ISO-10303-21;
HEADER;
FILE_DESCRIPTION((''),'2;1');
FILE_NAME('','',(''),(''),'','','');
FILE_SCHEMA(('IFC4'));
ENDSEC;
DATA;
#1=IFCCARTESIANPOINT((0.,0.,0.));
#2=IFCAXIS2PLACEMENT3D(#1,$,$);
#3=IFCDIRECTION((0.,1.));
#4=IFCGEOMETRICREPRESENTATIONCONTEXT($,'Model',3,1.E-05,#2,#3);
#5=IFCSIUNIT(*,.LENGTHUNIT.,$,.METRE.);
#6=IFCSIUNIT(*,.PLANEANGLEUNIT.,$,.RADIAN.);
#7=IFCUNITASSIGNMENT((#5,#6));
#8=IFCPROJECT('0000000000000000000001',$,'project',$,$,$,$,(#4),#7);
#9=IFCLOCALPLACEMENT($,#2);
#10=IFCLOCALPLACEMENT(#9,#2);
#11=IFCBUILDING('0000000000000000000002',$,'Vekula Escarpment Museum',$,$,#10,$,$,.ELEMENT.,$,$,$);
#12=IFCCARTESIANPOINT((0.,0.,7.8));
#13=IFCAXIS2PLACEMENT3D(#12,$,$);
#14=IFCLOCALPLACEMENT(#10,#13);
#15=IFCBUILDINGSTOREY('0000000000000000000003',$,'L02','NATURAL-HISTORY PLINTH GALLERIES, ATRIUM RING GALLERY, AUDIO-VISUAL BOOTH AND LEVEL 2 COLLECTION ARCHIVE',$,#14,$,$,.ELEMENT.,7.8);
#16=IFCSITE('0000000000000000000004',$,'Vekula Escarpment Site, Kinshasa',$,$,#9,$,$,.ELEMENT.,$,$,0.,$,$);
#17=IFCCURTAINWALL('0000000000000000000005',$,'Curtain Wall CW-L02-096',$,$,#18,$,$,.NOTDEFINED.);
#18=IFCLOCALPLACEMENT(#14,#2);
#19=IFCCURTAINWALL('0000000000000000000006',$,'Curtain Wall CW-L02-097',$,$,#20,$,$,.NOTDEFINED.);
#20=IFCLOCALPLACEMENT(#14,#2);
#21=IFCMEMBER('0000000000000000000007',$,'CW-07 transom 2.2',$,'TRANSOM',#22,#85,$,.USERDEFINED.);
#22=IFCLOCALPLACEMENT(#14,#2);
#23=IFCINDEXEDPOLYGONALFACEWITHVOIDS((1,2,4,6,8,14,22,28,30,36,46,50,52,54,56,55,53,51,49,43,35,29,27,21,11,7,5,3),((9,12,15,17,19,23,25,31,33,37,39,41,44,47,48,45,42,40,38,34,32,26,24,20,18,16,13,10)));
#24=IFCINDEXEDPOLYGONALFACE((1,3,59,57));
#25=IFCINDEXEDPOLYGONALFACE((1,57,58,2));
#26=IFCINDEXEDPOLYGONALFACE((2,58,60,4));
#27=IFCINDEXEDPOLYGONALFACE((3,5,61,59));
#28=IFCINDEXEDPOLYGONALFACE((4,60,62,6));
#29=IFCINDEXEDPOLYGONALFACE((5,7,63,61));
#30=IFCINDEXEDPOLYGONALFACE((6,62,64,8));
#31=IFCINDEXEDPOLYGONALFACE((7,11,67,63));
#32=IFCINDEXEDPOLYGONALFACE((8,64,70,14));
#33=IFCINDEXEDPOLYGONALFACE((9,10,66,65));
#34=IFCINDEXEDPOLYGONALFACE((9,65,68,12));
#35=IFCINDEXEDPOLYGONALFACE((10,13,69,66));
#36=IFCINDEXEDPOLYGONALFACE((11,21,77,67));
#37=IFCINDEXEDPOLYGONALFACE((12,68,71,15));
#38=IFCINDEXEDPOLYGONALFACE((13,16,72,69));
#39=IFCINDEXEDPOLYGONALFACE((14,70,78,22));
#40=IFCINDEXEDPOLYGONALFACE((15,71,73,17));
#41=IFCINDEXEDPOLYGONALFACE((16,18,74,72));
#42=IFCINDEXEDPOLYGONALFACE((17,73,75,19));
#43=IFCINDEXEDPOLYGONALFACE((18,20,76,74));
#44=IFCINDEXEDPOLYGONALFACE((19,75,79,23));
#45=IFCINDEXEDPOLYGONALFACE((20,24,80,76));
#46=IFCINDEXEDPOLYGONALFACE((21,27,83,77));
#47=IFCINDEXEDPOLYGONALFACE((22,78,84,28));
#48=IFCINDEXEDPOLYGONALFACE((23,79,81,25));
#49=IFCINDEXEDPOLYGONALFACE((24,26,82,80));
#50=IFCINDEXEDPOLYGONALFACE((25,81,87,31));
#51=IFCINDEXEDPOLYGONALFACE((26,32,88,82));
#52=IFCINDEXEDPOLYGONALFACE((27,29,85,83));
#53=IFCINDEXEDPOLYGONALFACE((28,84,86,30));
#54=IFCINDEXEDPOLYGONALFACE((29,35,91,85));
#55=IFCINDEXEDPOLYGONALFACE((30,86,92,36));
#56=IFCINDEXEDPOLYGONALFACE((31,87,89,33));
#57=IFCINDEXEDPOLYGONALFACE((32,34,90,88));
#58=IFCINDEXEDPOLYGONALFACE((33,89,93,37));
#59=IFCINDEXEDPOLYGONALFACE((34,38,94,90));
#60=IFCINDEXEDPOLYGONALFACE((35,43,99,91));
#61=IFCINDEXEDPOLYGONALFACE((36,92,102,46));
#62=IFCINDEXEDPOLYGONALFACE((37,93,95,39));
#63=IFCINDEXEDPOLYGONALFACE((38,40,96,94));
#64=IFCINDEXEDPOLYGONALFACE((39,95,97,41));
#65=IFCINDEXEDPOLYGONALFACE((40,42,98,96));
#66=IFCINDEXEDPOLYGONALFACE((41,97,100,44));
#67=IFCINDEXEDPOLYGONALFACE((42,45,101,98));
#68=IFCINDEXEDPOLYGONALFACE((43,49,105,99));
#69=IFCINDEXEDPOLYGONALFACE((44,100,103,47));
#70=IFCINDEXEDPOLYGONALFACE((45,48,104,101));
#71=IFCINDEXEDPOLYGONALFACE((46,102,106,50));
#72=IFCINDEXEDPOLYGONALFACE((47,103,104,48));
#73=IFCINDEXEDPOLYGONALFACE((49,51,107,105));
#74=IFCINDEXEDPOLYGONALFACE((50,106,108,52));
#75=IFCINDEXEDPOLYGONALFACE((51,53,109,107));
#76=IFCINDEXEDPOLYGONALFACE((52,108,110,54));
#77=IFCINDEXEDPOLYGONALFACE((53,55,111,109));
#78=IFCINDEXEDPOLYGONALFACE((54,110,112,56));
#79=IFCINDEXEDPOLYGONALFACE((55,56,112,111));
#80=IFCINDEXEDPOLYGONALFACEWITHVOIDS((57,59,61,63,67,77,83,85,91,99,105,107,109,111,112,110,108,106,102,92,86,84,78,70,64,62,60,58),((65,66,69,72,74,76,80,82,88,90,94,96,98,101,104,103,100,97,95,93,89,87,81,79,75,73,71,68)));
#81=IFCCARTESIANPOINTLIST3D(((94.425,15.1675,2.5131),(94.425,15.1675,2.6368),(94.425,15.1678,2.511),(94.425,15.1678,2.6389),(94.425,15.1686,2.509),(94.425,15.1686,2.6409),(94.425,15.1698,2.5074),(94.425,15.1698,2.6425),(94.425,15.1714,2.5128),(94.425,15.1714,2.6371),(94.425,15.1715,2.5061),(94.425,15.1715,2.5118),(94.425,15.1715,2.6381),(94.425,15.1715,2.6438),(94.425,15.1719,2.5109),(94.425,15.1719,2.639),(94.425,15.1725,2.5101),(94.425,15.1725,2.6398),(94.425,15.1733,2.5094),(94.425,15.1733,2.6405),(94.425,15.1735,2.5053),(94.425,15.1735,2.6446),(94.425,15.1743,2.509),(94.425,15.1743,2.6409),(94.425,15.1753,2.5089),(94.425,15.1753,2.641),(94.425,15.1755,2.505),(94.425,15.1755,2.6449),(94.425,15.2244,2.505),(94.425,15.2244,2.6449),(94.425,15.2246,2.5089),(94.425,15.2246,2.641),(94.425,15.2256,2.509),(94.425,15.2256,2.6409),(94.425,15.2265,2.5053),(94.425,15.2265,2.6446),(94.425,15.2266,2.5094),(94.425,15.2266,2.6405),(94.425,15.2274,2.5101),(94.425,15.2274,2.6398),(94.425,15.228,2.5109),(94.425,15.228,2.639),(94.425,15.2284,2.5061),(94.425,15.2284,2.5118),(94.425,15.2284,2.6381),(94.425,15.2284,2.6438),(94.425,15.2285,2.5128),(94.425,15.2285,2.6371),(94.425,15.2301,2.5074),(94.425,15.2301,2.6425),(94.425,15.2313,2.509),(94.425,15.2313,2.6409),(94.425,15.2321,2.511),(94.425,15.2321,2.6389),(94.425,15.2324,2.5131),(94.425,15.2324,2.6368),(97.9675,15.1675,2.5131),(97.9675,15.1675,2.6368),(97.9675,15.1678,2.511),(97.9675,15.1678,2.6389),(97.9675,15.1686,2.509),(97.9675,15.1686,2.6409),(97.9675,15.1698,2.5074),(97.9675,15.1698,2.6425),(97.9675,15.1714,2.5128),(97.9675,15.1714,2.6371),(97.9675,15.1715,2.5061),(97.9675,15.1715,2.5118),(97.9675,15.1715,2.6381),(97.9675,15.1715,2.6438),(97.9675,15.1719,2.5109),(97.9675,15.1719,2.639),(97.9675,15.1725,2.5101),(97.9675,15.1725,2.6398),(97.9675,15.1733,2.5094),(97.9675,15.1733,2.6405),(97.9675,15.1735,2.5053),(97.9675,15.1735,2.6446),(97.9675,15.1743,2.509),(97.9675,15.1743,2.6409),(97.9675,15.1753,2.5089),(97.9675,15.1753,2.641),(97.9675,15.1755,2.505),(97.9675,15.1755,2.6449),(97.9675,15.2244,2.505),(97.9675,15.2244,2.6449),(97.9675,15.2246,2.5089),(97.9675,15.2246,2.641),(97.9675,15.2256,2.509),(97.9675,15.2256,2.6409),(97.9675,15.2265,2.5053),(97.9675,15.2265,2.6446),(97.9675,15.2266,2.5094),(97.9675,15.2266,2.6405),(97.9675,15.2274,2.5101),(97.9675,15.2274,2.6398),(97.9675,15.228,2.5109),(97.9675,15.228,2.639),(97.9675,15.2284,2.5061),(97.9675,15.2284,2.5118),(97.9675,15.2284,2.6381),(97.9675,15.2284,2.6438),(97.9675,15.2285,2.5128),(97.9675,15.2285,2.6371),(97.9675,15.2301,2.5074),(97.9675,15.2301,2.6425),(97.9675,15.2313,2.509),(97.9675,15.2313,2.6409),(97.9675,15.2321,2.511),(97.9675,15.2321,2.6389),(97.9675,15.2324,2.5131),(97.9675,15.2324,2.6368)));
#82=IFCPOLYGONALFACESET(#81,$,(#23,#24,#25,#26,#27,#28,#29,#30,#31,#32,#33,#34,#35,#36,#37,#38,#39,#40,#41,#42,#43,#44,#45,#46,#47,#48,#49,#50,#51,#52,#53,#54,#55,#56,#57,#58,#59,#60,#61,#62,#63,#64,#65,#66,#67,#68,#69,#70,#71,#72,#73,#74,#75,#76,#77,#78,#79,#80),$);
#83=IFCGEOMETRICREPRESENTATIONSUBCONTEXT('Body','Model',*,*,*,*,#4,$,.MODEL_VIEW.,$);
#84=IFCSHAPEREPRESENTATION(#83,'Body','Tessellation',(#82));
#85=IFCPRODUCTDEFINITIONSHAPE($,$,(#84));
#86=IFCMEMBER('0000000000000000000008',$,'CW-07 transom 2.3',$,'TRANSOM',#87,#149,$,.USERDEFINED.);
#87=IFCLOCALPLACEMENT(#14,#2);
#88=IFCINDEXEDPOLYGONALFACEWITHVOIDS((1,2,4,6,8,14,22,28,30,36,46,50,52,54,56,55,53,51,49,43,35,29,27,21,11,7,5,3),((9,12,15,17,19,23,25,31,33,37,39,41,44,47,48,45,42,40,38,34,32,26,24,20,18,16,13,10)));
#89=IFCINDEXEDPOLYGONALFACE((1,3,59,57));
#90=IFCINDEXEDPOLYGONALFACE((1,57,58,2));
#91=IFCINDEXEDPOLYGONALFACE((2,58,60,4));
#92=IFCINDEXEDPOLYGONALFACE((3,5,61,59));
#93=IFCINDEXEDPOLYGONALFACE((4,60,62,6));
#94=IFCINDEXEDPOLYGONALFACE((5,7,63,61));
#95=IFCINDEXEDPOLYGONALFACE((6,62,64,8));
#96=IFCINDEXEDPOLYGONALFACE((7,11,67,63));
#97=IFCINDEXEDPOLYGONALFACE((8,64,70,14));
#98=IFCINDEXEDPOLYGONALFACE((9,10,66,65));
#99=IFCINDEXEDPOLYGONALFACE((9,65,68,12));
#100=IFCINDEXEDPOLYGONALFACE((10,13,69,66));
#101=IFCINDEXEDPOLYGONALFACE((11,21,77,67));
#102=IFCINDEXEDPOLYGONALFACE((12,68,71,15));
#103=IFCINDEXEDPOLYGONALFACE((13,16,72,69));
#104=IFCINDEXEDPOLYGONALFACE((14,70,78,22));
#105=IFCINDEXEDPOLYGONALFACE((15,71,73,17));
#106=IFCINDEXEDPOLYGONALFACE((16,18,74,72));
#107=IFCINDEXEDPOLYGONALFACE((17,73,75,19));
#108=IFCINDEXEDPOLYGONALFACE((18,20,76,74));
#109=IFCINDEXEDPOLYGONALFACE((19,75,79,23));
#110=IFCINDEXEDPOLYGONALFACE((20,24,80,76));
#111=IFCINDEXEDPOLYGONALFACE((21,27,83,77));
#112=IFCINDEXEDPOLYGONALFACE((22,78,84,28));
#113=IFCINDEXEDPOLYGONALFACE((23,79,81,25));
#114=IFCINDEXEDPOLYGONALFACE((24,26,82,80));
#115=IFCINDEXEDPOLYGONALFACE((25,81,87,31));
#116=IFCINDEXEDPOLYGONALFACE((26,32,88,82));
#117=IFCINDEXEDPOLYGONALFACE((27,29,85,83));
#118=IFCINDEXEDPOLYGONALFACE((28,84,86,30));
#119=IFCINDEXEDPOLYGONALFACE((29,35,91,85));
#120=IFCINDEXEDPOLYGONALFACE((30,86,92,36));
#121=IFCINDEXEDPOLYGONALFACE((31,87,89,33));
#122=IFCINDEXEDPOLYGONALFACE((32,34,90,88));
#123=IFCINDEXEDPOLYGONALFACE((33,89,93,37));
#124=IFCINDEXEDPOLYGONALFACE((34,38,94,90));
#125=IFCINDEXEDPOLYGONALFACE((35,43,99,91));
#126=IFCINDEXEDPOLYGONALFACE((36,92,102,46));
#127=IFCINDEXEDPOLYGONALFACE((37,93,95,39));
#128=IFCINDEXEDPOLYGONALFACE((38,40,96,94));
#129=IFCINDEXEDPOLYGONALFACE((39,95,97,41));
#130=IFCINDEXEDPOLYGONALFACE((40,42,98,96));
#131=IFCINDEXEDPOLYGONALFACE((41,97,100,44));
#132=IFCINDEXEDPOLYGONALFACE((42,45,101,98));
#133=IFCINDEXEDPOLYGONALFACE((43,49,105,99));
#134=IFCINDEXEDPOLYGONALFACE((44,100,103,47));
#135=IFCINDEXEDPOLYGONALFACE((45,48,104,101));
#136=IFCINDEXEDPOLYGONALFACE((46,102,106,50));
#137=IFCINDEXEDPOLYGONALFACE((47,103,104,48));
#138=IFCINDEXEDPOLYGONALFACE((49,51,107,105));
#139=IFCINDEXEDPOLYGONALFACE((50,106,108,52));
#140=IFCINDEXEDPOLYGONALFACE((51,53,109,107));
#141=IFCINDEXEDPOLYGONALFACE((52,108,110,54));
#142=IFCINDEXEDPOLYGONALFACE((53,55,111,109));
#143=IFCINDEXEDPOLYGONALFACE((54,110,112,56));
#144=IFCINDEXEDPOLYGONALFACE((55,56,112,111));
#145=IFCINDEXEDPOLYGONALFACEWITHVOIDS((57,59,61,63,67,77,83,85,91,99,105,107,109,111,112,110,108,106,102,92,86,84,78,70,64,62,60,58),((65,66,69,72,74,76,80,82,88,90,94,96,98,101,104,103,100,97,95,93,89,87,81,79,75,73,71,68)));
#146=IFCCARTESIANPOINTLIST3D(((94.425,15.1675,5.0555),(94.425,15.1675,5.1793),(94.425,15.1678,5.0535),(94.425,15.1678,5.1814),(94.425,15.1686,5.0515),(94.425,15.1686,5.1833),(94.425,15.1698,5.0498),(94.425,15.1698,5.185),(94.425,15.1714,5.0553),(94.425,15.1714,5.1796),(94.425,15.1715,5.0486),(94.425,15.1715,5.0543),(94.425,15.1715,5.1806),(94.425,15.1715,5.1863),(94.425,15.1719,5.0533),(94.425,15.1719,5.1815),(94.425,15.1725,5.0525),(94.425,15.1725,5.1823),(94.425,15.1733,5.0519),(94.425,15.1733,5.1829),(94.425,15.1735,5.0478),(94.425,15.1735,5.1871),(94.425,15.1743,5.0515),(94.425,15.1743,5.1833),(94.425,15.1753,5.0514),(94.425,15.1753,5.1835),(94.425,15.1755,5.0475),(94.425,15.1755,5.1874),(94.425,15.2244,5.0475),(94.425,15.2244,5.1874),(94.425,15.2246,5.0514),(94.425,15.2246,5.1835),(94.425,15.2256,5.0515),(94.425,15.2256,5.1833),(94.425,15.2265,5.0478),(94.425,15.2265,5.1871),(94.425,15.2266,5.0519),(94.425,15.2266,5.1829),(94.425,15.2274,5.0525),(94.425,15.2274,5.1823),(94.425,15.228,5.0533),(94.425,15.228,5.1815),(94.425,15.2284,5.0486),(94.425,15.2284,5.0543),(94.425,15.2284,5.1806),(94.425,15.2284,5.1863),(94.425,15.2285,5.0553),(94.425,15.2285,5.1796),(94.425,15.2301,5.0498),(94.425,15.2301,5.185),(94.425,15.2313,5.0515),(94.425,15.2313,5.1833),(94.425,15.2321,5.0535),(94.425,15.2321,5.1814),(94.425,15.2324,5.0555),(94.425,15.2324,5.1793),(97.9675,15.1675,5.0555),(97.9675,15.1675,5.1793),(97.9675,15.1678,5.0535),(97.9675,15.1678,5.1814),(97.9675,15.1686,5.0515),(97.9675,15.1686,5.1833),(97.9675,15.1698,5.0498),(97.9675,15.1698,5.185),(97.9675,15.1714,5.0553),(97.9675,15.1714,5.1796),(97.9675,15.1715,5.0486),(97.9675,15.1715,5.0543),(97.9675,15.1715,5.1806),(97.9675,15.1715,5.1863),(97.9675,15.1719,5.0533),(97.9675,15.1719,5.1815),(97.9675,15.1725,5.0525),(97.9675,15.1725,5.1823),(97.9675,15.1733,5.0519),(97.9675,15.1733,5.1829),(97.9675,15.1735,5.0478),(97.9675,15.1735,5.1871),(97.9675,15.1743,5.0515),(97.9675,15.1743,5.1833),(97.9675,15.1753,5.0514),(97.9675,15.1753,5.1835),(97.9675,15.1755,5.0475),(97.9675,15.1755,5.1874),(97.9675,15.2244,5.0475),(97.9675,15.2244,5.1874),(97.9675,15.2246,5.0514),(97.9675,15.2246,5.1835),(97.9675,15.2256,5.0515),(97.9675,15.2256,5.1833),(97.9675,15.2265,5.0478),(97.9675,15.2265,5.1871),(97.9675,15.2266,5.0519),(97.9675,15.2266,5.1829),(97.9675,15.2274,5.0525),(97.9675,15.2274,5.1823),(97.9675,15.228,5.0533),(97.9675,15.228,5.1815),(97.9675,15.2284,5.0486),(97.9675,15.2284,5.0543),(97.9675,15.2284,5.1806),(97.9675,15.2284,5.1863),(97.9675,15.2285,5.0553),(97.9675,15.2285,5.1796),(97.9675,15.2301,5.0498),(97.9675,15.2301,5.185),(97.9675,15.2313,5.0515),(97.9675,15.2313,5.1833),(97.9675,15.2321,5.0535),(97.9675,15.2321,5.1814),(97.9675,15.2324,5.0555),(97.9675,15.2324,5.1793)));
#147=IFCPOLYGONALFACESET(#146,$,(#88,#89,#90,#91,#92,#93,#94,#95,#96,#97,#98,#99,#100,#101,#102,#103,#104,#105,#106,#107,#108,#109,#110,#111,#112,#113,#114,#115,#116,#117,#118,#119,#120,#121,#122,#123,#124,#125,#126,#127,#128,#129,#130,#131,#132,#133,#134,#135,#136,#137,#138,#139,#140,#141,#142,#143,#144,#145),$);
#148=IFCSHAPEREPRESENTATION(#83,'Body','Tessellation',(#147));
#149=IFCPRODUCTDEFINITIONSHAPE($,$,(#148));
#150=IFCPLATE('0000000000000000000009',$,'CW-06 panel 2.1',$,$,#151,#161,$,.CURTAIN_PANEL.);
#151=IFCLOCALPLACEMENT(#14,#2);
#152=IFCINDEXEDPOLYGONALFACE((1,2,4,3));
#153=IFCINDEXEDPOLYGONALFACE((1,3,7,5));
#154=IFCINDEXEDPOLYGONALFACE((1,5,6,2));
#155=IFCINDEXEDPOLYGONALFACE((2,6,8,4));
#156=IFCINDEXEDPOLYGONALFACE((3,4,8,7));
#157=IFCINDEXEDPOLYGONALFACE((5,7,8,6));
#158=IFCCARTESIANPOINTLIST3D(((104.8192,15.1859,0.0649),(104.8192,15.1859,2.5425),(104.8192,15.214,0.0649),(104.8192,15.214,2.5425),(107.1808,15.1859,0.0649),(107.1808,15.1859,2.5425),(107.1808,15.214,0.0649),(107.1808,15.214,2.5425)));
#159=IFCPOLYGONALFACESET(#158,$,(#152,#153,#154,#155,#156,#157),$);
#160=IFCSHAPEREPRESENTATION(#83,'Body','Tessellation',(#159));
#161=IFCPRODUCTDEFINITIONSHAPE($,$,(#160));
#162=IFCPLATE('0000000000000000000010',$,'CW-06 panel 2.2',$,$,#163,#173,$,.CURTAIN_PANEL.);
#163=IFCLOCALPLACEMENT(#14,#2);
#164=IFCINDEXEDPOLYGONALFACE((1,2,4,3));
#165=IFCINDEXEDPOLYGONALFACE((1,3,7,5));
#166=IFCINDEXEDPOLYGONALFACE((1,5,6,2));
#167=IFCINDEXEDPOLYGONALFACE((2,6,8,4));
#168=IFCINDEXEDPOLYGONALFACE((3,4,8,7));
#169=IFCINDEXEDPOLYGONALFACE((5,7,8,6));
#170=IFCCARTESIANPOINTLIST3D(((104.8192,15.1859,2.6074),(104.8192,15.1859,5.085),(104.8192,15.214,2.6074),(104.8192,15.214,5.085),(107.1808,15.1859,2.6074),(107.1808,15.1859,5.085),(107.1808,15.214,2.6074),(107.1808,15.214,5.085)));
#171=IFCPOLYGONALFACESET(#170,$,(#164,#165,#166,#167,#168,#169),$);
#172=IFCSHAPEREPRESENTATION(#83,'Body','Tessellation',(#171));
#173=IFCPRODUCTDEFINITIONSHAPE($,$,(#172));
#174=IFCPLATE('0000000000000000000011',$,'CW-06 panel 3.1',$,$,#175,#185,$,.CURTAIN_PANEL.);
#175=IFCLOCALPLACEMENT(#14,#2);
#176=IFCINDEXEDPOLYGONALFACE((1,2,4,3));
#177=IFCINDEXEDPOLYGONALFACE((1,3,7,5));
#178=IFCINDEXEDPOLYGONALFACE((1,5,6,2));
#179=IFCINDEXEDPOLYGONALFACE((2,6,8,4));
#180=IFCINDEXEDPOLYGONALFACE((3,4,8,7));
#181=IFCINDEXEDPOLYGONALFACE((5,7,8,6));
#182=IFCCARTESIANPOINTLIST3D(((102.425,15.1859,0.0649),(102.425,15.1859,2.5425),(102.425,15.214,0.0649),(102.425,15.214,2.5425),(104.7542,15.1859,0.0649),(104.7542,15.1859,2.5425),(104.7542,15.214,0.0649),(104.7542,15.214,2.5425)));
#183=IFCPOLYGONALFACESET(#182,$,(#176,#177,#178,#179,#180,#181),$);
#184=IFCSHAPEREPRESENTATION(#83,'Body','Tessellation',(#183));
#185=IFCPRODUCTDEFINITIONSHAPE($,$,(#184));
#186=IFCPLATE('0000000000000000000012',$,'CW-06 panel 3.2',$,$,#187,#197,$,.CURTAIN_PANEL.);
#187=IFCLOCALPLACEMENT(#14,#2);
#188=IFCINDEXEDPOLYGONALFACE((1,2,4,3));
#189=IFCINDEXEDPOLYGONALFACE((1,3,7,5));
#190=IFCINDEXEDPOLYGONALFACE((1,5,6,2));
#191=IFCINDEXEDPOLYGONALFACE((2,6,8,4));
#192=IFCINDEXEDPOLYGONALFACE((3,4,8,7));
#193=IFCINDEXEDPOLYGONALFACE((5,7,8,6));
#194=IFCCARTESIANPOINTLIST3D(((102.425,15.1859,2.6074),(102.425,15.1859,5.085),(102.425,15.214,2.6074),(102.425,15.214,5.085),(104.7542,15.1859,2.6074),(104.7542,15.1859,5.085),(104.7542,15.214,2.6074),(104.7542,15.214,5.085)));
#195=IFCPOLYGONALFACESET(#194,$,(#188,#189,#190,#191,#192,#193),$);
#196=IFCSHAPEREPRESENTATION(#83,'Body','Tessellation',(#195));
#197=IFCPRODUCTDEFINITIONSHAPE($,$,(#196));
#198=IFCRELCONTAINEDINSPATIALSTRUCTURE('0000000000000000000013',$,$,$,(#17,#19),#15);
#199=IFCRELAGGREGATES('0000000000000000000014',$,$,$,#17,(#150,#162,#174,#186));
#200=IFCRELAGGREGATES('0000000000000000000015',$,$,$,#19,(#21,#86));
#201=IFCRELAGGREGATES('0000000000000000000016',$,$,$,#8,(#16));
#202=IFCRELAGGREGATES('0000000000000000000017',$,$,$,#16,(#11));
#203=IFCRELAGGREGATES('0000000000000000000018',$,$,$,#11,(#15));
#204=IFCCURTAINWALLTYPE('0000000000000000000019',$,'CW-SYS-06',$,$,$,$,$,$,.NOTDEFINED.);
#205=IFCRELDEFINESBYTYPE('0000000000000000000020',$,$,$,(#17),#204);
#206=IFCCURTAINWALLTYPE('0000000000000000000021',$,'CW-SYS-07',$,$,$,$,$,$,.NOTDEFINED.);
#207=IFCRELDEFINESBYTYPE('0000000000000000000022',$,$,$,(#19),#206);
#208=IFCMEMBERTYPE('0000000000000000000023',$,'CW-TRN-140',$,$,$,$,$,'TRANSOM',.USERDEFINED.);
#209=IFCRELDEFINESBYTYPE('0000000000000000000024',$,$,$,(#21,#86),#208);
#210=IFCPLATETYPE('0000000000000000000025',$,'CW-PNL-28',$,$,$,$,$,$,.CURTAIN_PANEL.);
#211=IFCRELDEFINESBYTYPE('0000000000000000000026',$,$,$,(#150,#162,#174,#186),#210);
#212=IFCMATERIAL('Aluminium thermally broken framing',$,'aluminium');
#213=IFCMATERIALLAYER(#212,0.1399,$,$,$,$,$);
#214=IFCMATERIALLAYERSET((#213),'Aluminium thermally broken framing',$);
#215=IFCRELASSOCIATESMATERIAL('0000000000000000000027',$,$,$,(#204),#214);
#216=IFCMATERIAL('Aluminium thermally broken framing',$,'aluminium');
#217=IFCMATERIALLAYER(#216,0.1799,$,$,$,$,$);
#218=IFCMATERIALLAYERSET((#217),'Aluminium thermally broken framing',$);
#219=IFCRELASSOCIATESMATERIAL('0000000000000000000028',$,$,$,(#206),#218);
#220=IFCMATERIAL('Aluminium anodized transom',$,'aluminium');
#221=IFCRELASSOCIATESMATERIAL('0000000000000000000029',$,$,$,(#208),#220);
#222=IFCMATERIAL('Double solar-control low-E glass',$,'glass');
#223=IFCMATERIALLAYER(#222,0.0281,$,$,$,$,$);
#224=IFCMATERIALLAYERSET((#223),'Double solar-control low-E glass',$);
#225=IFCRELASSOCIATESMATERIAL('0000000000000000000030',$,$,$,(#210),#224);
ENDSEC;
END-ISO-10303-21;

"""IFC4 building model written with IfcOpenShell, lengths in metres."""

from ifc_helpers import new_model, si_unit, direction, frame, origin, origin_2d, place, context, subcontext, project, spatial, rectangle, hollow_rectangle, extrude, material, layer, layer_set, material_profile, profile_set, type_object, element, aggregate, save


model = new_model("IFC4")

# Units and contexts
model_context = context("Model", 3, precision=1e-05, world=origin(), true_north=direction((0.0, 1.0)))
body_context = subcontext(model_context, "Body", "Model", "MODEL_VIEW")
ifc_project = project(units=[si_unit("LENGTHUNIT", "METRE"), si_unit("PLANEANGLEUNIT", "RADIAN")], contexts=[model_context])

# Site, building, storey
site_placement = place(None, origin())
site = spatial("IfcSite", under=ifc_project, at=site_placement, Name="Vekula Escarpment Site, Kinshasa", CompositionType="ELEMENT", RefElevation=0.0)
building_placement = place(site_placement, origin())
building = spatial("IfcBuilding", under=site, at=building_placement, Name="Vekula Escarpment Museum", CompositionType="ELEMENT")
storey_placement = place(building_placement, frame((0.0, 0.0, 7.8)))
storey = spatial("IfcBuildingStorey", under=building, at=storey_placement, Name="L02", Description="NATURAL-HISTORY PLINTH GALLERIES, ATRIUM RING GALLERY, AUDIO-VISUAL BOOTH AND LEVEL 2 COLLECTION ARCHIVE", CompositionType="ELEMENT", Elevation=7.8)

# Curtain walls
ifc_material_1 = material(Name="Aluminium thermally broken framing", Category="aluminium")
ifc_layer_1 = layer(ifc_material_1, 0.1399)
ifc_layer_set_1 = layer_set([ifc_layer_1], Name="Aluminium thermally broken framing")
curtain_wall_type_1 = type_object("IfcCurtainWallType", Name="CW-SYS-06", PredefinedType="NOTDEFINED", material=ifc_layer_set_1)
curtain_wall_1_placement = place(storey_placement, origin())
curtain_wall_1 = element("IfcCurtainWall", 1, at=curtain_wall_1_placement, inside=storey, type_object=curtain_wall_type_1, Name="Curtain Wall CW-L02-096", PredefinedType="NOTDEFINED")
ifc_material_2 = material(Name="Aluminium thermally broken framing", Category="aluminium")
ifc_layer_2 = layer(ifc_material_2, 0.1799)
ifc_layer_set_2 = layer_set([ifc_layer_2], Name="Aluminium thermally broken framing")
curtain_wall_type_2 = type_object("IfcCurtainWallType", Name="CW-SYS-07", PredefinedType="NOTDEFINED", material=ifc_layer_set_2)
curtain_wall_2_placement = place(storey_placement, origin())
curtain_wall_2 = element("IfcCurtainWall", 2, at=curtain_wall_2_placement, inside=storey, type_object=curtain_wall_type_2, Name="Curtain Wall CW-L02-097", PredefinedType="NOTDEFINED")

# Members
ifc_material_3 = material(Name="Aluminium anodized transom", Category="aluminium")
ifc_material_profile_1 = material_profile(ifc_material_3, hollow_rectangle(XDim=0.0649, YDim=0.1399, WallThickness=0.0039, InnerFilletRadius=0.0039, OuterFilletRadius=0.0081, at=origin_2d()), Name="ALU 140x65x4")
ifc_profile_set_1 = profile_set([ifc_material_profile_1], Name="Aluminium anodized transom")
member_type_1 = type_object("IfcMemberType", Name="CW-TRN-140", ElementType="TRANSOM", PredefinedType="USERDEFINED", material=ifc_profile_set_1)
member_1_placement = place(storey_placement, frame((97.9675, 15.2, 2.575), z_axis=(-1.0, 0.0, 0.0), x_axis=(0.0, -1.0, 0.0)))
member_1 = element("IfcMember", 3, at=member_1_placement, type_object=member_type_1, Name="CW-07 transom 2.2", ObjectType="TRANSOM", PredefinedType="USERDEFINED", context=body_context, shape_type="SweptSolid", body=[
    extrude(hollow_rectangle(XDim=0.0649, YDim=0.1399, WallThickness=0.0039, InnerFilletRadius=0.0039, OuterFilletRadius=0.0081, at=origin_2d()), origin(), (0.0, 0.0, 1.0), 3.5425),
])
member_2_placement = place(storey_placement, frame((97.9675, 15.2, 5.1174), z_axis=(-1.0, 0.0, 0.0), x_axis=(0.0, -1.0, 0.0)))
member_2 = element("IfcMember", 4, at=member_2_placement, type_object=member_type_1, Name="CW-07 transom 2.3", ObjectType="TRANSOM", PredefinedType="USERDEFINED", context=body_context, shape_type="SweptSolid", body=[
    extrude(hollow_rectangle(XDim=0.0649, YDim=0.1399, WallThickness=0.0039, InnerFilletRadius=0.0039, OuterFilletRadius=0.0081, at=origin_2d()), origin(), (0.0, 0.0, 1.0), 3.5425),
])

# Plates
ifc_material_4 = material(Name="Double solar-control low-E glass", Category="glass")
ifc_layer_3 = layer(ifc_material_4, 0.0281)
ifc_layer_set_3 = layer_set([ifc_layer_3], Name="Double solar-control low-E glass")
plate_type_1 = type_object("IfcPlateType", Name="CW-PNL-28", PredefinedType="CURTAIN_PANEL", material=ifc_layer_set_3)
plate_1_placement = place(storey_placement, frame((106.0, 15.2, 0.0649), z_axis=(0.0, 0.0, 1.0), x_axis=(-1.0, 0.0, 0.0)))
plate_1 = element("IfcPlate", 5, at=plate_1_placement, type_object=plate_type_1, Name="CW-06 panel 2.1", PredefinedType="CURTAIN_PANEL", context=body_context, shape_type="SweptSolid", body=[
    extrude(rectangle(XDim=2.3616, YDim=0.0281, at=origin_2d()), origin(), (0.0, 0.0, 1.0), 2.4775),
])
plate_2_placement = place(storey_placement, frame((106.0, 15.2, 2.6074), z_axis=(0.0, 0.0, 1.0), x_axis=(-1.0, 0.0, 0.0)))
plate_2 = element("IfcPlate", 6, at=plate_2_placement, type_object=plate_type_1, Name="CW-06 panel 2.2", PredefinedType="CURTAIN_PANEL", context=body_context, shape_type="SweptSolid", body=[
    extrude(rectangle(XDim=2.3616, YDim=0.0281, at=origin_2d()), origin(), (0.0, 0.0, 1.0), 2.4775),
])
plate_3_placement = place(storey_placement, frame((103.5896, 15.2, 0.0649), z_axis=(0.0, 0.0, 1.0), x_axis=(-1.0, 0.0, 0.0)))
plate_3 = element("IfcPlate", 7, at=plate_3_placement, type_object=plate_type_1, Name="CW-06 panel 3.1", PredefinedType="CURTAIN_PANEL", context=body_context, shape_type="SweptSolid", body=[
    extrude(rectangle(XDim=2.3291, YDim=0.0281, at=origin_2d()), origin(), (0.0, 0.0, 1.0), 2.4775),
])
plate_4_placement = place(storey_placement, frame((103.5896, 15.2, 2.6074), z_axis=(0.0, 0.0, 1.0), x_axis=(-1.0, 0.0, 0.0)))
plate_4 = element("IfcPlate", 8, at=plate_4_placement, type_object=plate_type_1, Name="CW-06 panel 3.2", PredefinedType="CURTAIN_PANEL", context=body_context, shape_type="SweptSolid", body=[
    extrude(rectangle(XDim=2.3291, YDim=0.0281, at=origin_2d()), origin(), (0.0, 0.0, 1.0), 2.4775),
])
aggregate(curtain_wall_1, [plate_1, plate_2, plate_3, plate_4])
aggregate(curtain_wall_2, [member_1, member_2])

save(model, "model.ifc")
